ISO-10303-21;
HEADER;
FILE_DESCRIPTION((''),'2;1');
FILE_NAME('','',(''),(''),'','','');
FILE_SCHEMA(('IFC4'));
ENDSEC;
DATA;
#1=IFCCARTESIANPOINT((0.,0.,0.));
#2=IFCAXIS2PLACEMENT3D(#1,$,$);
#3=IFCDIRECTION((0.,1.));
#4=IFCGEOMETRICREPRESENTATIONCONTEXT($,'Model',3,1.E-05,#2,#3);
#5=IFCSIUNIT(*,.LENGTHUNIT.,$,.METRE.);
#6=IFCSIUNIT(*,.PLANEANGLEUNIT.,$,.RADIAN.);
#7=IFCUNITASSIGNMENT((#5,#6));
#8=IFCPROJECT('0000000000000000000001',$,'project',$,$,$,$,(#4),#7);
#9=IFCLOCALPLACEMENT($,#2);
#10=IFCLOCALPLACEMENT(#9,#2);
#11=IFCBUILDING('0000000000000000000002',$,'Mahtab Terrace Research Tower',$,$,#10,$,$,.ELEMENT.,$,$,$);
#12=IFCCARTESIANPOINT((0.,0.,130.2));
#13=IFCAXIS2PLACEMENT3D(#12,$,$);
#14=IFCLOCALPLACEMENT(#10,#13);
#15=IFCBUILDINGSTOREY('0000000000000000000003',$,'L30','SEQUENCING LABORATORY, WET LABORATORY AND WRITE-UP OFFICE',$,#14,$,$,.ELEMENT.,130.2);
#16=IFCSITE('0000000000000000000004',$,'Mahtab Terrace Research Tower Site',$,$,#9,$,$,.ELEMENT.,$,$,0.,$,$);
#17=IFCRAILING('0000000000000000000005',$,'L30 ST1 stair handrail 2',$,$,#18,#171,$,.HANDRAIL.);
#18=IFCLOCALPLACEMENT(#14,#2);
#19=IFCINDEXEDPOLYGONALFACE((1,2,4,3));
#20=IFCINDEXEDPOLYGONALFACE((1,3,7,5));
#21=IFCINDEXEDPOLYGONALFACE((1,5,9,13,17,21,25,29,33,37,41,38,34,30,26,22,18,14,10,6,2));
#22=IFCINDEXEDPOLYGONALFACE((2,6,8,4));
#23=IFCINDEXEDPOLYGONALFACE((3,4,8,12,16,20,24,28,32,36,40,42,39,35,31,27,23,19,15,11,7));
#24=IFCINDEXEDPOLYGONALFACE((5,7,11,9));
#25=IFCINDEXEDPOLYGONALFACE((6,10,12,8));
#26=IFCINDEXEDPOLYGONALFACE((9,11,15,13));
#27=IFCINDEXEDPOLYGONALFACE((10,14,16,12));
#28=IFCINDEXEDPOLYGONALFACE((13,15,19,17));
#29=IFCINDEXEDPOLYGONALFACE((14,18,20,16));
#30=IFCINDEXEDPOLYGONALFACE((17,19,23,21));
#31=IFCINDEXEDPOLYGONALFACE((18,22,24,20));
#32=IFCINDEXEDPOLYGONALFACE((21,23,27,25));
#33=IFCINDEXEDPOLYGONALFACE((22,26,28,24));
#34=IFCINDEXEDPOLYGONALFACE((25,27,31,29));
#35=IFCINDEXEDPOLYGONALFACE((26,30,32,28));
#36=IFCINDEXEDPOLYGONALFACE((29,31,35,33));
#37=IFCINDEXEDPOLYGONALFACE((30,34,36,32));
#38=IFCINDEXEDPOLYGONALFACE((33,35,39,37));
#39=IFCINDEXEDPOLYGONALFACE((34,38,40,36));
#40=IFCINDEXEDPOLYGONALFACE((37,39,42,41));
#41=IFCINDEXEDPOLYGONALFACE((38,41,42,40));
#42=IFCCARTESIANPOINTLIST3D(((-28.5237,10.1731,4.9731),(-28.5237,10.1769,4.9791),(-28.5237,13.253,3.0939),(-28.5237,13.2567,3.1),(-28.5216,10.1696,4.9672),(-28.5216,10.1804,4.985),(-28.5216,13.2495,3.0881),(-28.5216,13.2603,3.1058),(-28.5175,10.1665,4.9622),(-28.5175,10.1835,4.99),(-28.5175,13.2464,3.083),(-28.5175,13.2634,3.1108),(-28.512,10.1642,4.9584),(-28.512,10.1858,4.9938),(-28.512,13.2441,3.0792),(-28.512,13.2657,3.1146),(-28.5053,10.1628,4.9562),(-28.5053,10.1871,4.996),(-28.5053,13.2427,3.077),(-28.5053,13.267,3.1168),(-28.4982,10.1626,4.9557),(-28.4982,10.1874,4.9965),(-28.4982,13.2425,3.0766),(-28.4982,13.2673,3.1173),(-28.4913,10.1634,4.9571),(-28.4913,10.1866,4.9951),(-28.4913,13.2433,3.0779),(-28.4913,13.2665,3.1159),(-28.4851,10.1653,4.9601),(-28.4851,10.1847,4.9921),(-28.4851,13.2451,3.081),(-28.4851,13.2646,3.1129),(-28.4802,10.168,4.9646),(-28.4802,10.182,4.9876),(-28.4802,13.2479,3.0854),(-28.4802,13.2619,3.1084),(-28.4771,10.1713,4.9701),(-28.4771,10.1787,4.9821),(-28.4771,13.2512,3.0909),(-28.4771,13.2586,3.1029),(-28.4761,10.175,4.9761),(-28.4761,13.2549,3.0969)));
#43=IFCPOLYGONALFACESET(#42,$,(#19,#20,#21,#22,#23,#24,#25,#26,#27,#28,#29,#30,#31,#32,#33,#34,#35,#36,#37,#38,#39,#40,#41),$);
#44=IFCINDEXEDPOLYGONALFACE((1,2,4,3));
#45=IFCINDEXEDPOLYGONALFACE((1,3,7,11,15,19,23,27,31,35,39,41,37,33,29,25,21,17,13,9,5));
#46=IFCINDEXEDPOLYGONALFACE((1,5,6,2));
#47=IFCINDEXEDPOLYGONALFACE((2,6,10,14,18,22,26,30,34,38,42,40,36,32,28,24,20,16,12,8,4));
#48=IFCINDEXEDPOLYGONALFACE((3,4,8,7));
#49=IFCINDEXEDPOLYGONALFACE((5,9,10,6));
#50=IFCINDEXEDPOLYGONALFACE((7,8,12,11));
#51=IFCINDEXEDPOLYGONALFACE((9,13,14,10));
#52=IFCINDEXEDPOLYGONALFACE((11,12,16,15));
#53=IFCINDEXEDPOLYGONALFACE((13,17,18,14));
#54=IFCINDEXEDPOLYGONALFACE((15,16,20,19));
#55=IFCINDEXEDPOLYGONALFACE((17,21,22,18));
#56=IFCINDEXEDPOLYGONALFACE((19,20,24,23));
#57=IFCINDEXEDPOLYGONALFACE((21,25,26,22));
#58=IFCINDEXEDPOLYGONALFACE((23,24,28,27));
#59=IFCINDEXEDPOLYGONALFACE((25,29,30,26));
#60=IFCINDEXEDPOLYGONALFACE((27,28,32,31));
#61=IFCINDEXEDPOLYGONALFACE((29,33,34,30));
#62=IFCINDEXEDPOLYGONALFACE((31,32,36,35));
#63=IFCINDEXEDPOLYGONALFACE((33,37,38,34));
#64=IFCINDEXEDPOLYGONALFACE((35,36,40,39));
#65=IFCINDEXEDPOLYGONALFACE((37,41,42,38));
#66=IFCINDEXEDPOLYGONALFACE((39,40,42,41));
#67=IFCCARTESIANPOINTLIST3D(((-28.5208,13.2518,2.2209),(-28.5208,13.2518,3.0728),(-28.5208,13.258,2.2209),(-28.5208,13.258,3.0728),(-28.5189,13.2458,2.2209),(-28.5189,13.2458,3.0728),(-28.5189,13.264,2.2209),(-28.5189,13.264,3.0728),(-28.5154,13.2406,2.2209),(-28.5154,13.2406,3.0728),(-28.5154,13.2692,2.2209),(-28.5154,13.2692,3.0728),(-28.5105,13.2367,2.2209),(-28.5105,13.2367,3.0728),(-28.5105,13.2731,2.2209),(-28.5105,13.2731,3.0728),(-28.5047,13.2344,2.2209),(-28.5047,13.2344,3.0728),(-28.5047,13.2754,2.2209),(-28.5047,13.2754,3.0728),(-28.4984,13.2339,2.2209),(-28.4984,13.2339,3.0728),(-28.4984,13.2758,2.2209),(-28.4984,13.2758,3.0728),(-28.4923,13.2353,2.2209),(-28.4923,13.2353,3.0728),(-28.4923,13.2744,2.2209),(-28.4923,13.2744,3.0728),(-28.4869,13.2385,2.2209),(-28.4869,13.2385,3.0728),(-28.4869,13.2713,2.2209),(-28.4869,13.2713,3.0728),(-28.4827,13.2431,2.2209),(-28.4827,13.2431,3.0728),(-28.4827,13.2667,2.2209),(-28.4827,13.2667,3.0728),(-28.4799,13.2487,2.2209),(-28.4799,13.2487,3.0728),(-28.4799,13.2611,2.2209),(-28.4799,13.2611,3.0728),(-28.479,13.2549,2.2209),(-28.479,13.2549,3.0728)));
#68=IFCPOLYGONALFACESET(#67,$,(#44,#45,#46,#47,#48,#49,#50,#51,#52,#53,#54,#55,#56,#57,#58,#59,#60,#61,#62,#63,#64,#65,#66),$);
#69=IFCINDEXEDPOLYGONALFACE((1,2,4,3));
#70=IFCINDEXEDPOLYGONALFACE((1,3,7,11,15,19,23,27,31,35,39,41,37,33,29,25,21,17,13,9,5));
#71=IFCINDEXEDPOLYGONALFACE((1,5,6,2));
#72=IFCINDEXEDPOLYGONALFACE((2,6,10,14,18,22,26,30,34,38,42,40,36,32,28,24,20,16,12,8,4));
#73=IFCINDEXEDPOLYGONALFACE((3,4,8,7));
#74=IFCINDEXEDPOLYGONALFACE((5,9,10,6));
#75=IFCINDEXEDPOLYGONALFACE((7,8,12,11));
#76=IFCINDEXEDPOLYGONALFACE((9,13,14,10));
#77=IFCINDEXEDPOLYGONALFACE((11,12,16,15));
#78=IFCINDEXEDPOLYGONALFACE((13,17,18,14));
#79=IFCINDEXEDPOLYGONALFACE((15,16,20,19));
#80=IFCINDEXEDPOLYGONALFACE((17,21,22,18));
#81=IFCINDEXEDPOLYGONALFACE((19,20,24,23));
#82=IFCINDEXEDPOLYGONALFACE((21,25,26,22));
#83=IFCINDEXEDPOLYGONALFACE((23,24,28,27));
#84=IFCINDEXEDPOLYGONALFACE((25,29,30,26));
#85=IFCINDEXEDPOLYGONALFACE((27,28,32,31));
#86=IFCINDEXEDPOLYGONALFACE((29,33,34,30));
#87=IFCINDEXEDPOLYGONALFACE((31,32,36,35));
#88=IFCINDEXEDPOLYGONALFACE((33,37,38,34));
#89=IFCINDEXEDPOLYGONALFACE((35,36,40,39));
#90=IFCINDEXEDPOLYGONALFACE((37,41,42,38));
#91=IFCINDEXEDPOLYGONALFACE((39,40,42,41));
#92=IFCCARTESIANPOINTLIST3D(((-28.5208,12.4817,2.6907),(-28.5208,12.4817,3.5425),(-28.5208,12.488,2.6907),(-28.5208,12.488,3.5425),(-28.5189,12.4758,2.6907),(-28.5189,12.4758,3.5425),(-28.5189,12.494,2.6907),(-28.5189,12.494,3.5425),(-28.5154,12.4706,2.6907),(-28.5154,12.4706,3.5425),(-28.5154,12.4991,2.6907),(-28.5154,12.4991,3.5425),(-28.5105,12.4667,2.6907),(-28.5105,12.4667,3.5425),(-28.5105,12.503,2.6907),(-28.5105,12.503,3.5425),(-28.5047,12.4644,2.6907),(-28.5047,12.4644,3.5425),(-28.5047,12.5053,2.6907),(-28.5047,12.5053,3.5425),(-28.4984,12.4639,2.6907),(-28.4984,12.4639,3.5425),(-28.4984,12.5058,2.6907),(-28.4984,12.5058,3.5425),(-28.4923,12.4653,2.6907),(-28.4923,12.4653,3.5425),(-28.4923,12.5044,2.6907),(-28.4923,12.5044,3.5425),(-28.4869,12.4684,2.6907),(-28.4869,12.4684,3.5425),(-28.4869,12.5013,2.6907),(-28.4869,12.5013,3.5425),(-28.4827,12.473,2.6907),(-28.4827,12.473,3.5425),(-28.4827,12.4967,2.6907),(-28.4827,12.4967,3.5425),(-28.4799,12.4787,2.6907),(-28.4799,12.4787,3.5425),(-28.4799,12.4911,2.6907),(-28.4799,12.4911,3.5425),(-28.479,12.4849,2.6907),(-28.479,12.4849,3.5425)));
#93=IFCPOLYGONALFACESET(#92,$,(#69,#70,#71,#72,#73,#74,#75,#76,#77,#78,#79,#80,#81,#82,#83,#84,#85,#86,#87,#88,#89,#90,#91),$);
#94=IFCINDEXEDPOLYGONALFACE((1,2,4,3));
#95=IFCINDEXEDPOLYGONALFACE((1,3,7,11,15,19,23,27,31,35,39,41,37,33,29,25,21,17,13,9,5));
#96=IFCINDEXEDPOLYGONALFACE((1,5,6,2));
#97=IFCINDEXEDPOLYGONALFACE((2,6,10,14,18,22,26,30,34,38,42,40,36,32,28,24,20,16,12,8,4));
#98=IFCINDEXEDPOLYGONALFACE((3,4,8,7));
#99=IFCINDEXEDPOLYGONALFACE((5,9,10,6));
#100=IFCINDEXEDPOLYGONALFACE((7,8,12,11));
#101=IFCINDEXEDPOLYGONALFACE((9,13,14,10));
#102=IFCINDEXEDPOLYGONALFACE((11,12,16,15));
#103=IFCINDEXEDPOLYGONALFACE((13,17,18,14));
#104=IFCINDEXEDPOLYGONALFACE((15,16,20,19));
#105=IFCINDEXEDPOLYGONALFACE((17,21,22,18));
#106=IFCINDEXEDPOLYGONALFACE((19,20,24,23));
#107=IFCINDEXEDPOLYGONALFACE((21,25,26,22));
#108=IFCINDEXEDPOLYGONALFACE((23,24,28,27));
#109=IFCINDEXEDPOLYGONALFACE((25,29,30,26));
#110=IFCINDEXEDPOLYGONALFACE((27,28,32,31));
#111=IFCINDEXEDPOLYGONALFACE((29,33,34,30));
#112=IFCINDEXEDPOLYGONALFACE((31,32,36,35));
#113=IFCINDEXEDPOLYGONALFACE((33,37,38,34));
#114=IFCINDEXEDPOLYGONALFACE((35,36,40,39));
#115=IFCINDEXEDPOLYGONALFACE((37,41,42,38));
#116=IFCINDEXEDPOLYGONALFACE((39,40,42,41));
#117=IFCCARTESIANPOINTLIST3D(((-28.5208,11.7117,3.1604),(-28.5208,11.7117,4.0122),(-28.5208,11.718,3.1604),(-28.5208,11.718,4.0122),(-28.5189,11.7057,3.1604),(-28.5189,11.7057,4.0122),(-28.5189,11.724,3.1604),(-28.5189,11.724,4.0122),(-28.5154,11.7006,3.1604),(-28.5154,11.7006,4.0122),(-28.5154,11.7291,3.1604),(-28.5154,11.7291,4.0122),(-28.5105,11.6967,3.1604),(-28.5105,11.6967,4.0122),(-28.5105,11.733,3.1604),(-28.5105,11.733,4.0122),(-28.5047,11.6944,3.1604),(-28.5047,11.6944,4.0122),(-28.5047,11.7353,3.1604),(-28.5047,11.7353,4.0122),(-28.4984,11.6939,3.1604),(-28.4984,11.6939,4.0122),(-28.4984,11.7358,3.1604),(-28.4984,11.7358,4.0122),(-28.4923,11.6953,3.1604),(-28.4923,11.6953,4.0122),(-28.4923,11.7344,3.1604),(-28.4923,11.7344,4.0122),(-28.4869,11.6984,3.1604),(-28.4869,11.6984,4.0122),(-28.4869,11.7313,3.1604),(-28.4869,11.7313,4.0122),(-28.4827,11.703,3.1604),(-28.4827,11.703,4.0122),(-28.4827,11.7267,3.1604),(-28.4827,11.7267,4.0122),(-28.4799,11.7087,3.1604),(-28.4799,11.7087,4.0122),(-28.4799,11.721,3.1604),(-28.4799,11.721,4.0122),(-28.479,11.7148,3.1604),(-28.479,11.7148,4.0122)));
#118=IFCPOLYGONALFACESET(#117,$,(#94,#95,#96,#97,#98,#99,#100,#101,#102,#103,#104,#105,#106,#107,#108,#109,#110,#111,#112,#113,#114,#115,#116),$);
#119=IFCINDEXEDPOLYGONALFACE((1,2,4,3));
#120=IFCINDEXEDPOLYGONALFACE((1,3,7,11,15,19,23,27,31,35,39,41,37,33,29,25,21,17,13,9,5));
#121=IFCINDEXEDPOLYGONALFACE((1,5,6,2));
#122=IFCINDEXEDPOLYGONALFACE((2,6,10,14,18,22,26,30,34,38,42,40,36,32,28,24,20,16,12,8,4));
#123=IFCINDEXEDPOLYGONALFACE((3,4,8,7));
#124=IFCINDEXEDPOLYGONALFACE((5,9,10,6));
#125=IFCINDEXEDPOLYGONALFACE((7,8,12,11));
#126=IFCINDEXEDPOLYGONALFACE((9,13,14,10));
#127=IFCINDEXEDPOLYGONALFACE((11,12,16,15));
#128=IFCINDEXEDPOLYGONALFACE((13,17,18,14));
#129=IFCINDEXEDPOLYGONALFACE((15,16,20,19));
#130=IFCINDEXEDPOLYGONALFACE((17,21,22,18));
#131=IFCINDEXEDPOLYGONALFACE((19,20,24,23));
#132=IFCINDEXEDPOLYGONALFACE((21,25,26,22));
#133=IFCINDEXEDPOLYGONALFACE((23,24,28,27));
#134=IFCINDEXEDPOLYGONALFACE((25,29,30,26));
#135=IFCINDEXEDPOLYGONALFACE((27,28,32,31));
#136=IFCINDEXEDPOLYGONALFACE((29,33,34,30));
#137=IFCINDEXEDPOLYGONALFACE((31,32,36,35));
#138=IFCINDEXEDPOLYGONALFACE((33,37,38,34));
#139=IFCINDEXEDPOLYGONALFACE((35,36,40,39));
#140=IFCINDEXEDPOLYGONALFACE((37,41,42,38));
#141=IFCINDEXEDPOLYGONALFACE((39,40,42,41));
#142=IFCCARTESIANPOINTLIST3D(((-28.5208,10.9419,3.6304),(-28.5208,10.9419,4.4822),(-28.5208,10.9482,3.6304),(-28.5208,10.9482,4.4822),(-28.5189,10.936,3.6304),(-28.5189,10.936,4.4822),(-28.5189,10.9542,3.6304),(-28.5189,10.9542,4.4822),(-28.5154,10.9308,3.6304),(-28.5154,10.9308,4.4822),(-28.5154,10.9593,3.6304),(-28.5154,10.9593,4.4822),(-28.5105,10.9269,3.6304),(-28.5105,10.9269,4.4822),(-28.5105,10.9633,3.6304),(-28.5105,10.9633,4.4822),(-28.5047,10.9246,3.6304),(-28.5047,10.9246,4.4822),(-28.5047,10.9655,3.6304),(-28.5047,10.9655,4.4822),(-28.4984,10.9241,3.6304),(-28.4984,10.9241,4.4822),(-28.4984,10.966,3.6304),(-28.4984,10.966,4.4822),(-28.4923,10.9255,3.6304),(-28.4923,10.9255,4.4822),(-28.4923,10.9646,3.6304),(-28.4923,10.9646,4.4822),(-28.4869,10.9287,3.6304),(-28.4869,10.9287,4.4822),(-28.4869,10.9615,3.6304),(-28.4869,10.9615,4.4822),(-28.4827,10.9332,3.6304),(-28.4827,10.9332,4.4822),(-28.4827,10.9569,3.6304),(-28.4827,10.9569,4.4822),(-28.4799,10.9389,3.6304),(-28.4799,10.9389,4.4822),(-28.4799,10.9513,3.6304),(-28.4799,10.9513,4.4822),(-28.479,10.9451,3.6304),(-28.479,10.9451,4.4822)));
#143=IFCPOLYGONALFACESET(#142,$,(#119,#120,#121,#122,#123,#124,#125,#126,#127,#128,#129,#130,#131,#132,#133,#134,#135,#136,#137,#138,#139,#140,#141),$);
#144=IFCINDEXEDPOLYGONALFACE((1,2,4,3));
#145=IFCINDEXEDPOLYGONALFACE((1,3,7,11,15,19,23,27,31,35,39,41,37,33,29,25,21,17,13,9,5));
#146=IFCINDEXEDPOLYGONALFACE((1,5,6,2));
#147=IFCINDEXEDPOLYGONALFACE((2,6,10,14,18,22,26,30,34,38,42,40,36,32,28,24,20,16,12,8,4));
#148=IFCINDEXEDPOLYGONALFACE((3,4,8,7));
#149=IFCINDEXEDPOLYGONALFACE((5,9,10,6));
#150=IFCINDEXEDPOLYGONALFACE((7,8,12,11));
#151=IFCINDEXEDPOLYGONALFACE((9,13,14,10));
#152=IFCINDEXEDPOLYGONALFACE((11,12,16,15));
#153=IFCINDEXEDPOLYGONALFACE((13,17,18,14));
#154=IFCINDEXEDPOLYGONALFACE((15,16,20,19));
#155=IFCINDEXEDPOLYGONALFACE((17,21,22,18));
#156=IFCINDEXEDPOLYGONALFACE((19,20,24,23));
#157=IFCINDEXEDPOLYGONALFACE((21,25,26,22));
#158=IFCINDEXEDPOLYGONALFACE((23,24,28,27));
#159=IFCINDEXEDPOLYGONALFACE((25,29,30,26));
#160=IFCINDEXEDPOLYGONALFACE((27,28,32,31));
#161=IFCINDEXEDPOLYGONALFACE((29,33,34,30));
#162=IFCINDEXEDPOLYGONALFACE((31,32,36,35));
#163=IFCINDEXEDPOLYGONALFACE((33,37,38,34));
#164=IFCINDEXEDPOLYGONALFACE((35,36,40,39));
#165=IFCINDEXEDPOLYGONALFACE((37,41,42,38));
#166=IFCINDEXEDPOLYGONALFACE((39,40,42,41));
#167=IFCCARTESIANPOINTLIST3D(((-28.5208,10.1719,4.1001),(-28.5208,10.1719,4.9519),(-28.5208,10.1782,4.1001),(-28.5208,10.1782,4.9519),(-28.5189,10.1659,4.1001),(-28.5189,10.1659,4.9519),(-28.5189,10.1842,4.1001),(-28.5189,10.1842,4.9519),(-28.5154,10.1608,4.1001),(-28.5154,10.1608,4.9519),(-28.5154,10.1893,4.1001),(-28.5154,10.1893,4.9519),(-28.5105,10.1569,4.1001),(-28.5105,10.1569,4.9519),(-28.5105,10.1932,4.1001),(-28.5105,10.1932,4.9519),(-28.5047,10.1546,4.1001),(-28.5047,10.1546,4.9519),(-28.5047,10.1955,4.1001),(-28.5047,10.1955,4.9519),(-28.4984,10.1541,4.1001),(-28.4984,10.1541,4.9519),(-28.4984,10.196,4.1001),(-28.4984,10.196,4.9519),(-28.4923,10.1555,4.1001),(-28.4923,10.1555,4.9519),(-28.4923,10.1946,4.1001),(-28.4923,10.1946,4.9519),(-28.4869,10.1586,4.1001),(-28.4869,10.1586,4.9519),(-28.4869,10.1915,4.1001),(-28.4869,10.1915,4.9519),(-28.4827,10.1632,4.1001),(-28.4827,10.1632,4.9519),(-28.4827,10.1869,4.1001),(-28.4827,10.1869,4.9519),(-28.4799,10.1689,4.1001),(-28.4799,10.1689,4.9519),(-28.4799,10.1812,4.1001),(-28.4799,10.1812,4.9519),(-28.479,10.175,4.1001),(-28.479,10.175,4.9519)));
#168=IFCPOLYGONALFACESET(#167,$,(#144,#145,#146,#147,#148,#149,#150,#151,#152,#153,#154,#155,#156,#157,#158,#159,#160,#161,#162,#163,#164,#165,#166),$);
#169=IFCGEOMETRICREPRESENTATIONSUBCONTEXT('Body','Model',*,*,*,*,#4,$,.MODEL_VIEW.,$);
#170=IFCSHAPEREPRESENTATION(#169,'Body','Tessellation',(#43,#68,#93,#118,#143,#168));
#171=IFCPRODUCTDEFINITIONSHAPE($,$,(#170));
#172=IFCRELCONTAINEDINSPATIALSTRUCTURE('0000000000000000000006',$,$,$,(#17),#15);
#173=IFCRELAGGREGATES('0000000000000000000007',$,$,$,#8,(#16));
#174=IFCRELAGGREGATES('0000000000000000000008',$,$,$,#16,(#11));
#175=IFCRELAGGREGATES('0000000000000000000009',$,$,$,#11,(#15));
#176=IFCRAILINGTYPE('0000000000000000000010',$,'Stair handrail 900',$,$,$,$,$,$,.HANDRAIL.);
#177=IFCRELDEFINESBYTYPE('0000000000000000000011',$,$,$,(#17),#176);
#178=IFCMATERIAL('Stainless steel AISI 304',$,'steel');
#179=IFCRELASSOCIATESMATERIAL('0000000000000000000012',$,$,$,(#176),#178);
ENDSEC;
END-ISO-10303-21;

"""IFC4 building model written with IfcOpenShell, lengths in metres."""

from ifc_helpers import new_model, si_unit, direction, frame, origin, origin_2d, place, context, subcontext, project, spatial, circle, extrude, material, type_object, element, save


model = new_model("IFC4")

# Units and contexts
model_context = context("Model", 3, precision=1e-05, world=origin(), true_north=direction((0.0, 1.0)))
body_context = subcontext(model_context, "Body", "Model", "MODEL_VIEW")
ifc_project = project(units=[si_unit("LENGTHUNIT", "METRE"), si_unit("PLANEANGLEUNIT", "RADIAN")], contexts=[model_context])

# Site, building, storey
site_placement = place(None, origin())
site = spatial("IfcSite", under=ifc_project, at=site_placement, Name="Mahtab Terrace Research Tower Site", CompositionType="ELEMENT", RefElevation=0.0)
building_placement = place(site_placement, origin())
building = spatial("IfcBuilding", under=site, at=building_placement, Name="Mahtab Terrace Research Tower", CompositionType="ELEMENT")
storey_placement = place(building_placement, frame((0.0, 0.0, 130.2)))
storey = spatial("IfcBuildingStorey", under=building, at=storey_placement, Name="L30", Description="SEQUENCING LABORATORY, WET LABORATORY AND WRITE-UP OFFICE", CompositionType="ELEMENT", Elevation=130.2)

# Railing
ifc_material_1 = material(Name="Stainless steel AISI 304", Category="steel")
railing_type_1 = type_object("IfcRailingType", Name="Stair handrail 900", PredefinedType="HANDRAIL", material=ifc_material_1)
railing_1_placement = place(storey_placement, frame((-28.5, 13.2549, 2.2209)))
element("IfcRailing", 1, at=railing_1_placement, inside=storey, type_object=railing_type_1, Name="L30 ST1 stair handrail 2", PredefinedType="HANDRAIL", context=body_context, shape_type="SweptSolid", body=[
    extrude(circle(Radius=0.0239, at=origin_2d()), frame((0.0, 0.0, 0.876), z_axis=(0.0, -0.853648, 0.52085), x_axis=(1.0, 0.0, 0.0)), (0.0, 0.0, 1.0), 3.6079),
    extrude(circle(Radius=0.021, at=origin_2d()), origin(), (0.0, 0.0, 1.0), 0.8518),
    extrude(circle(Radius=0.021, at=origin_2d()), frame((0.0, -0.77, 0.4697)), (0.0, 0.0, 1.0), 0.8518),
    extrude(circle(Radius=0.021, at=origin_2d()), frame((0.0, -1.54, 0.9395)), (0.0, 0.0, 1.0), 0.8518),
    extrude(circle(Radius=0.021, at=origin_2d()), frame((0.0, -2.3098, 1.4094)), (0.0, 0.0, 1.0), 0.8518),
    extrude(circle(Radius=0.021, at=origin_2d()), frame((0.0, -3.0798, 1.8792)), (0.0, 0.0, 1.0), 0.8518),
])

save(model, "model.ifc")
